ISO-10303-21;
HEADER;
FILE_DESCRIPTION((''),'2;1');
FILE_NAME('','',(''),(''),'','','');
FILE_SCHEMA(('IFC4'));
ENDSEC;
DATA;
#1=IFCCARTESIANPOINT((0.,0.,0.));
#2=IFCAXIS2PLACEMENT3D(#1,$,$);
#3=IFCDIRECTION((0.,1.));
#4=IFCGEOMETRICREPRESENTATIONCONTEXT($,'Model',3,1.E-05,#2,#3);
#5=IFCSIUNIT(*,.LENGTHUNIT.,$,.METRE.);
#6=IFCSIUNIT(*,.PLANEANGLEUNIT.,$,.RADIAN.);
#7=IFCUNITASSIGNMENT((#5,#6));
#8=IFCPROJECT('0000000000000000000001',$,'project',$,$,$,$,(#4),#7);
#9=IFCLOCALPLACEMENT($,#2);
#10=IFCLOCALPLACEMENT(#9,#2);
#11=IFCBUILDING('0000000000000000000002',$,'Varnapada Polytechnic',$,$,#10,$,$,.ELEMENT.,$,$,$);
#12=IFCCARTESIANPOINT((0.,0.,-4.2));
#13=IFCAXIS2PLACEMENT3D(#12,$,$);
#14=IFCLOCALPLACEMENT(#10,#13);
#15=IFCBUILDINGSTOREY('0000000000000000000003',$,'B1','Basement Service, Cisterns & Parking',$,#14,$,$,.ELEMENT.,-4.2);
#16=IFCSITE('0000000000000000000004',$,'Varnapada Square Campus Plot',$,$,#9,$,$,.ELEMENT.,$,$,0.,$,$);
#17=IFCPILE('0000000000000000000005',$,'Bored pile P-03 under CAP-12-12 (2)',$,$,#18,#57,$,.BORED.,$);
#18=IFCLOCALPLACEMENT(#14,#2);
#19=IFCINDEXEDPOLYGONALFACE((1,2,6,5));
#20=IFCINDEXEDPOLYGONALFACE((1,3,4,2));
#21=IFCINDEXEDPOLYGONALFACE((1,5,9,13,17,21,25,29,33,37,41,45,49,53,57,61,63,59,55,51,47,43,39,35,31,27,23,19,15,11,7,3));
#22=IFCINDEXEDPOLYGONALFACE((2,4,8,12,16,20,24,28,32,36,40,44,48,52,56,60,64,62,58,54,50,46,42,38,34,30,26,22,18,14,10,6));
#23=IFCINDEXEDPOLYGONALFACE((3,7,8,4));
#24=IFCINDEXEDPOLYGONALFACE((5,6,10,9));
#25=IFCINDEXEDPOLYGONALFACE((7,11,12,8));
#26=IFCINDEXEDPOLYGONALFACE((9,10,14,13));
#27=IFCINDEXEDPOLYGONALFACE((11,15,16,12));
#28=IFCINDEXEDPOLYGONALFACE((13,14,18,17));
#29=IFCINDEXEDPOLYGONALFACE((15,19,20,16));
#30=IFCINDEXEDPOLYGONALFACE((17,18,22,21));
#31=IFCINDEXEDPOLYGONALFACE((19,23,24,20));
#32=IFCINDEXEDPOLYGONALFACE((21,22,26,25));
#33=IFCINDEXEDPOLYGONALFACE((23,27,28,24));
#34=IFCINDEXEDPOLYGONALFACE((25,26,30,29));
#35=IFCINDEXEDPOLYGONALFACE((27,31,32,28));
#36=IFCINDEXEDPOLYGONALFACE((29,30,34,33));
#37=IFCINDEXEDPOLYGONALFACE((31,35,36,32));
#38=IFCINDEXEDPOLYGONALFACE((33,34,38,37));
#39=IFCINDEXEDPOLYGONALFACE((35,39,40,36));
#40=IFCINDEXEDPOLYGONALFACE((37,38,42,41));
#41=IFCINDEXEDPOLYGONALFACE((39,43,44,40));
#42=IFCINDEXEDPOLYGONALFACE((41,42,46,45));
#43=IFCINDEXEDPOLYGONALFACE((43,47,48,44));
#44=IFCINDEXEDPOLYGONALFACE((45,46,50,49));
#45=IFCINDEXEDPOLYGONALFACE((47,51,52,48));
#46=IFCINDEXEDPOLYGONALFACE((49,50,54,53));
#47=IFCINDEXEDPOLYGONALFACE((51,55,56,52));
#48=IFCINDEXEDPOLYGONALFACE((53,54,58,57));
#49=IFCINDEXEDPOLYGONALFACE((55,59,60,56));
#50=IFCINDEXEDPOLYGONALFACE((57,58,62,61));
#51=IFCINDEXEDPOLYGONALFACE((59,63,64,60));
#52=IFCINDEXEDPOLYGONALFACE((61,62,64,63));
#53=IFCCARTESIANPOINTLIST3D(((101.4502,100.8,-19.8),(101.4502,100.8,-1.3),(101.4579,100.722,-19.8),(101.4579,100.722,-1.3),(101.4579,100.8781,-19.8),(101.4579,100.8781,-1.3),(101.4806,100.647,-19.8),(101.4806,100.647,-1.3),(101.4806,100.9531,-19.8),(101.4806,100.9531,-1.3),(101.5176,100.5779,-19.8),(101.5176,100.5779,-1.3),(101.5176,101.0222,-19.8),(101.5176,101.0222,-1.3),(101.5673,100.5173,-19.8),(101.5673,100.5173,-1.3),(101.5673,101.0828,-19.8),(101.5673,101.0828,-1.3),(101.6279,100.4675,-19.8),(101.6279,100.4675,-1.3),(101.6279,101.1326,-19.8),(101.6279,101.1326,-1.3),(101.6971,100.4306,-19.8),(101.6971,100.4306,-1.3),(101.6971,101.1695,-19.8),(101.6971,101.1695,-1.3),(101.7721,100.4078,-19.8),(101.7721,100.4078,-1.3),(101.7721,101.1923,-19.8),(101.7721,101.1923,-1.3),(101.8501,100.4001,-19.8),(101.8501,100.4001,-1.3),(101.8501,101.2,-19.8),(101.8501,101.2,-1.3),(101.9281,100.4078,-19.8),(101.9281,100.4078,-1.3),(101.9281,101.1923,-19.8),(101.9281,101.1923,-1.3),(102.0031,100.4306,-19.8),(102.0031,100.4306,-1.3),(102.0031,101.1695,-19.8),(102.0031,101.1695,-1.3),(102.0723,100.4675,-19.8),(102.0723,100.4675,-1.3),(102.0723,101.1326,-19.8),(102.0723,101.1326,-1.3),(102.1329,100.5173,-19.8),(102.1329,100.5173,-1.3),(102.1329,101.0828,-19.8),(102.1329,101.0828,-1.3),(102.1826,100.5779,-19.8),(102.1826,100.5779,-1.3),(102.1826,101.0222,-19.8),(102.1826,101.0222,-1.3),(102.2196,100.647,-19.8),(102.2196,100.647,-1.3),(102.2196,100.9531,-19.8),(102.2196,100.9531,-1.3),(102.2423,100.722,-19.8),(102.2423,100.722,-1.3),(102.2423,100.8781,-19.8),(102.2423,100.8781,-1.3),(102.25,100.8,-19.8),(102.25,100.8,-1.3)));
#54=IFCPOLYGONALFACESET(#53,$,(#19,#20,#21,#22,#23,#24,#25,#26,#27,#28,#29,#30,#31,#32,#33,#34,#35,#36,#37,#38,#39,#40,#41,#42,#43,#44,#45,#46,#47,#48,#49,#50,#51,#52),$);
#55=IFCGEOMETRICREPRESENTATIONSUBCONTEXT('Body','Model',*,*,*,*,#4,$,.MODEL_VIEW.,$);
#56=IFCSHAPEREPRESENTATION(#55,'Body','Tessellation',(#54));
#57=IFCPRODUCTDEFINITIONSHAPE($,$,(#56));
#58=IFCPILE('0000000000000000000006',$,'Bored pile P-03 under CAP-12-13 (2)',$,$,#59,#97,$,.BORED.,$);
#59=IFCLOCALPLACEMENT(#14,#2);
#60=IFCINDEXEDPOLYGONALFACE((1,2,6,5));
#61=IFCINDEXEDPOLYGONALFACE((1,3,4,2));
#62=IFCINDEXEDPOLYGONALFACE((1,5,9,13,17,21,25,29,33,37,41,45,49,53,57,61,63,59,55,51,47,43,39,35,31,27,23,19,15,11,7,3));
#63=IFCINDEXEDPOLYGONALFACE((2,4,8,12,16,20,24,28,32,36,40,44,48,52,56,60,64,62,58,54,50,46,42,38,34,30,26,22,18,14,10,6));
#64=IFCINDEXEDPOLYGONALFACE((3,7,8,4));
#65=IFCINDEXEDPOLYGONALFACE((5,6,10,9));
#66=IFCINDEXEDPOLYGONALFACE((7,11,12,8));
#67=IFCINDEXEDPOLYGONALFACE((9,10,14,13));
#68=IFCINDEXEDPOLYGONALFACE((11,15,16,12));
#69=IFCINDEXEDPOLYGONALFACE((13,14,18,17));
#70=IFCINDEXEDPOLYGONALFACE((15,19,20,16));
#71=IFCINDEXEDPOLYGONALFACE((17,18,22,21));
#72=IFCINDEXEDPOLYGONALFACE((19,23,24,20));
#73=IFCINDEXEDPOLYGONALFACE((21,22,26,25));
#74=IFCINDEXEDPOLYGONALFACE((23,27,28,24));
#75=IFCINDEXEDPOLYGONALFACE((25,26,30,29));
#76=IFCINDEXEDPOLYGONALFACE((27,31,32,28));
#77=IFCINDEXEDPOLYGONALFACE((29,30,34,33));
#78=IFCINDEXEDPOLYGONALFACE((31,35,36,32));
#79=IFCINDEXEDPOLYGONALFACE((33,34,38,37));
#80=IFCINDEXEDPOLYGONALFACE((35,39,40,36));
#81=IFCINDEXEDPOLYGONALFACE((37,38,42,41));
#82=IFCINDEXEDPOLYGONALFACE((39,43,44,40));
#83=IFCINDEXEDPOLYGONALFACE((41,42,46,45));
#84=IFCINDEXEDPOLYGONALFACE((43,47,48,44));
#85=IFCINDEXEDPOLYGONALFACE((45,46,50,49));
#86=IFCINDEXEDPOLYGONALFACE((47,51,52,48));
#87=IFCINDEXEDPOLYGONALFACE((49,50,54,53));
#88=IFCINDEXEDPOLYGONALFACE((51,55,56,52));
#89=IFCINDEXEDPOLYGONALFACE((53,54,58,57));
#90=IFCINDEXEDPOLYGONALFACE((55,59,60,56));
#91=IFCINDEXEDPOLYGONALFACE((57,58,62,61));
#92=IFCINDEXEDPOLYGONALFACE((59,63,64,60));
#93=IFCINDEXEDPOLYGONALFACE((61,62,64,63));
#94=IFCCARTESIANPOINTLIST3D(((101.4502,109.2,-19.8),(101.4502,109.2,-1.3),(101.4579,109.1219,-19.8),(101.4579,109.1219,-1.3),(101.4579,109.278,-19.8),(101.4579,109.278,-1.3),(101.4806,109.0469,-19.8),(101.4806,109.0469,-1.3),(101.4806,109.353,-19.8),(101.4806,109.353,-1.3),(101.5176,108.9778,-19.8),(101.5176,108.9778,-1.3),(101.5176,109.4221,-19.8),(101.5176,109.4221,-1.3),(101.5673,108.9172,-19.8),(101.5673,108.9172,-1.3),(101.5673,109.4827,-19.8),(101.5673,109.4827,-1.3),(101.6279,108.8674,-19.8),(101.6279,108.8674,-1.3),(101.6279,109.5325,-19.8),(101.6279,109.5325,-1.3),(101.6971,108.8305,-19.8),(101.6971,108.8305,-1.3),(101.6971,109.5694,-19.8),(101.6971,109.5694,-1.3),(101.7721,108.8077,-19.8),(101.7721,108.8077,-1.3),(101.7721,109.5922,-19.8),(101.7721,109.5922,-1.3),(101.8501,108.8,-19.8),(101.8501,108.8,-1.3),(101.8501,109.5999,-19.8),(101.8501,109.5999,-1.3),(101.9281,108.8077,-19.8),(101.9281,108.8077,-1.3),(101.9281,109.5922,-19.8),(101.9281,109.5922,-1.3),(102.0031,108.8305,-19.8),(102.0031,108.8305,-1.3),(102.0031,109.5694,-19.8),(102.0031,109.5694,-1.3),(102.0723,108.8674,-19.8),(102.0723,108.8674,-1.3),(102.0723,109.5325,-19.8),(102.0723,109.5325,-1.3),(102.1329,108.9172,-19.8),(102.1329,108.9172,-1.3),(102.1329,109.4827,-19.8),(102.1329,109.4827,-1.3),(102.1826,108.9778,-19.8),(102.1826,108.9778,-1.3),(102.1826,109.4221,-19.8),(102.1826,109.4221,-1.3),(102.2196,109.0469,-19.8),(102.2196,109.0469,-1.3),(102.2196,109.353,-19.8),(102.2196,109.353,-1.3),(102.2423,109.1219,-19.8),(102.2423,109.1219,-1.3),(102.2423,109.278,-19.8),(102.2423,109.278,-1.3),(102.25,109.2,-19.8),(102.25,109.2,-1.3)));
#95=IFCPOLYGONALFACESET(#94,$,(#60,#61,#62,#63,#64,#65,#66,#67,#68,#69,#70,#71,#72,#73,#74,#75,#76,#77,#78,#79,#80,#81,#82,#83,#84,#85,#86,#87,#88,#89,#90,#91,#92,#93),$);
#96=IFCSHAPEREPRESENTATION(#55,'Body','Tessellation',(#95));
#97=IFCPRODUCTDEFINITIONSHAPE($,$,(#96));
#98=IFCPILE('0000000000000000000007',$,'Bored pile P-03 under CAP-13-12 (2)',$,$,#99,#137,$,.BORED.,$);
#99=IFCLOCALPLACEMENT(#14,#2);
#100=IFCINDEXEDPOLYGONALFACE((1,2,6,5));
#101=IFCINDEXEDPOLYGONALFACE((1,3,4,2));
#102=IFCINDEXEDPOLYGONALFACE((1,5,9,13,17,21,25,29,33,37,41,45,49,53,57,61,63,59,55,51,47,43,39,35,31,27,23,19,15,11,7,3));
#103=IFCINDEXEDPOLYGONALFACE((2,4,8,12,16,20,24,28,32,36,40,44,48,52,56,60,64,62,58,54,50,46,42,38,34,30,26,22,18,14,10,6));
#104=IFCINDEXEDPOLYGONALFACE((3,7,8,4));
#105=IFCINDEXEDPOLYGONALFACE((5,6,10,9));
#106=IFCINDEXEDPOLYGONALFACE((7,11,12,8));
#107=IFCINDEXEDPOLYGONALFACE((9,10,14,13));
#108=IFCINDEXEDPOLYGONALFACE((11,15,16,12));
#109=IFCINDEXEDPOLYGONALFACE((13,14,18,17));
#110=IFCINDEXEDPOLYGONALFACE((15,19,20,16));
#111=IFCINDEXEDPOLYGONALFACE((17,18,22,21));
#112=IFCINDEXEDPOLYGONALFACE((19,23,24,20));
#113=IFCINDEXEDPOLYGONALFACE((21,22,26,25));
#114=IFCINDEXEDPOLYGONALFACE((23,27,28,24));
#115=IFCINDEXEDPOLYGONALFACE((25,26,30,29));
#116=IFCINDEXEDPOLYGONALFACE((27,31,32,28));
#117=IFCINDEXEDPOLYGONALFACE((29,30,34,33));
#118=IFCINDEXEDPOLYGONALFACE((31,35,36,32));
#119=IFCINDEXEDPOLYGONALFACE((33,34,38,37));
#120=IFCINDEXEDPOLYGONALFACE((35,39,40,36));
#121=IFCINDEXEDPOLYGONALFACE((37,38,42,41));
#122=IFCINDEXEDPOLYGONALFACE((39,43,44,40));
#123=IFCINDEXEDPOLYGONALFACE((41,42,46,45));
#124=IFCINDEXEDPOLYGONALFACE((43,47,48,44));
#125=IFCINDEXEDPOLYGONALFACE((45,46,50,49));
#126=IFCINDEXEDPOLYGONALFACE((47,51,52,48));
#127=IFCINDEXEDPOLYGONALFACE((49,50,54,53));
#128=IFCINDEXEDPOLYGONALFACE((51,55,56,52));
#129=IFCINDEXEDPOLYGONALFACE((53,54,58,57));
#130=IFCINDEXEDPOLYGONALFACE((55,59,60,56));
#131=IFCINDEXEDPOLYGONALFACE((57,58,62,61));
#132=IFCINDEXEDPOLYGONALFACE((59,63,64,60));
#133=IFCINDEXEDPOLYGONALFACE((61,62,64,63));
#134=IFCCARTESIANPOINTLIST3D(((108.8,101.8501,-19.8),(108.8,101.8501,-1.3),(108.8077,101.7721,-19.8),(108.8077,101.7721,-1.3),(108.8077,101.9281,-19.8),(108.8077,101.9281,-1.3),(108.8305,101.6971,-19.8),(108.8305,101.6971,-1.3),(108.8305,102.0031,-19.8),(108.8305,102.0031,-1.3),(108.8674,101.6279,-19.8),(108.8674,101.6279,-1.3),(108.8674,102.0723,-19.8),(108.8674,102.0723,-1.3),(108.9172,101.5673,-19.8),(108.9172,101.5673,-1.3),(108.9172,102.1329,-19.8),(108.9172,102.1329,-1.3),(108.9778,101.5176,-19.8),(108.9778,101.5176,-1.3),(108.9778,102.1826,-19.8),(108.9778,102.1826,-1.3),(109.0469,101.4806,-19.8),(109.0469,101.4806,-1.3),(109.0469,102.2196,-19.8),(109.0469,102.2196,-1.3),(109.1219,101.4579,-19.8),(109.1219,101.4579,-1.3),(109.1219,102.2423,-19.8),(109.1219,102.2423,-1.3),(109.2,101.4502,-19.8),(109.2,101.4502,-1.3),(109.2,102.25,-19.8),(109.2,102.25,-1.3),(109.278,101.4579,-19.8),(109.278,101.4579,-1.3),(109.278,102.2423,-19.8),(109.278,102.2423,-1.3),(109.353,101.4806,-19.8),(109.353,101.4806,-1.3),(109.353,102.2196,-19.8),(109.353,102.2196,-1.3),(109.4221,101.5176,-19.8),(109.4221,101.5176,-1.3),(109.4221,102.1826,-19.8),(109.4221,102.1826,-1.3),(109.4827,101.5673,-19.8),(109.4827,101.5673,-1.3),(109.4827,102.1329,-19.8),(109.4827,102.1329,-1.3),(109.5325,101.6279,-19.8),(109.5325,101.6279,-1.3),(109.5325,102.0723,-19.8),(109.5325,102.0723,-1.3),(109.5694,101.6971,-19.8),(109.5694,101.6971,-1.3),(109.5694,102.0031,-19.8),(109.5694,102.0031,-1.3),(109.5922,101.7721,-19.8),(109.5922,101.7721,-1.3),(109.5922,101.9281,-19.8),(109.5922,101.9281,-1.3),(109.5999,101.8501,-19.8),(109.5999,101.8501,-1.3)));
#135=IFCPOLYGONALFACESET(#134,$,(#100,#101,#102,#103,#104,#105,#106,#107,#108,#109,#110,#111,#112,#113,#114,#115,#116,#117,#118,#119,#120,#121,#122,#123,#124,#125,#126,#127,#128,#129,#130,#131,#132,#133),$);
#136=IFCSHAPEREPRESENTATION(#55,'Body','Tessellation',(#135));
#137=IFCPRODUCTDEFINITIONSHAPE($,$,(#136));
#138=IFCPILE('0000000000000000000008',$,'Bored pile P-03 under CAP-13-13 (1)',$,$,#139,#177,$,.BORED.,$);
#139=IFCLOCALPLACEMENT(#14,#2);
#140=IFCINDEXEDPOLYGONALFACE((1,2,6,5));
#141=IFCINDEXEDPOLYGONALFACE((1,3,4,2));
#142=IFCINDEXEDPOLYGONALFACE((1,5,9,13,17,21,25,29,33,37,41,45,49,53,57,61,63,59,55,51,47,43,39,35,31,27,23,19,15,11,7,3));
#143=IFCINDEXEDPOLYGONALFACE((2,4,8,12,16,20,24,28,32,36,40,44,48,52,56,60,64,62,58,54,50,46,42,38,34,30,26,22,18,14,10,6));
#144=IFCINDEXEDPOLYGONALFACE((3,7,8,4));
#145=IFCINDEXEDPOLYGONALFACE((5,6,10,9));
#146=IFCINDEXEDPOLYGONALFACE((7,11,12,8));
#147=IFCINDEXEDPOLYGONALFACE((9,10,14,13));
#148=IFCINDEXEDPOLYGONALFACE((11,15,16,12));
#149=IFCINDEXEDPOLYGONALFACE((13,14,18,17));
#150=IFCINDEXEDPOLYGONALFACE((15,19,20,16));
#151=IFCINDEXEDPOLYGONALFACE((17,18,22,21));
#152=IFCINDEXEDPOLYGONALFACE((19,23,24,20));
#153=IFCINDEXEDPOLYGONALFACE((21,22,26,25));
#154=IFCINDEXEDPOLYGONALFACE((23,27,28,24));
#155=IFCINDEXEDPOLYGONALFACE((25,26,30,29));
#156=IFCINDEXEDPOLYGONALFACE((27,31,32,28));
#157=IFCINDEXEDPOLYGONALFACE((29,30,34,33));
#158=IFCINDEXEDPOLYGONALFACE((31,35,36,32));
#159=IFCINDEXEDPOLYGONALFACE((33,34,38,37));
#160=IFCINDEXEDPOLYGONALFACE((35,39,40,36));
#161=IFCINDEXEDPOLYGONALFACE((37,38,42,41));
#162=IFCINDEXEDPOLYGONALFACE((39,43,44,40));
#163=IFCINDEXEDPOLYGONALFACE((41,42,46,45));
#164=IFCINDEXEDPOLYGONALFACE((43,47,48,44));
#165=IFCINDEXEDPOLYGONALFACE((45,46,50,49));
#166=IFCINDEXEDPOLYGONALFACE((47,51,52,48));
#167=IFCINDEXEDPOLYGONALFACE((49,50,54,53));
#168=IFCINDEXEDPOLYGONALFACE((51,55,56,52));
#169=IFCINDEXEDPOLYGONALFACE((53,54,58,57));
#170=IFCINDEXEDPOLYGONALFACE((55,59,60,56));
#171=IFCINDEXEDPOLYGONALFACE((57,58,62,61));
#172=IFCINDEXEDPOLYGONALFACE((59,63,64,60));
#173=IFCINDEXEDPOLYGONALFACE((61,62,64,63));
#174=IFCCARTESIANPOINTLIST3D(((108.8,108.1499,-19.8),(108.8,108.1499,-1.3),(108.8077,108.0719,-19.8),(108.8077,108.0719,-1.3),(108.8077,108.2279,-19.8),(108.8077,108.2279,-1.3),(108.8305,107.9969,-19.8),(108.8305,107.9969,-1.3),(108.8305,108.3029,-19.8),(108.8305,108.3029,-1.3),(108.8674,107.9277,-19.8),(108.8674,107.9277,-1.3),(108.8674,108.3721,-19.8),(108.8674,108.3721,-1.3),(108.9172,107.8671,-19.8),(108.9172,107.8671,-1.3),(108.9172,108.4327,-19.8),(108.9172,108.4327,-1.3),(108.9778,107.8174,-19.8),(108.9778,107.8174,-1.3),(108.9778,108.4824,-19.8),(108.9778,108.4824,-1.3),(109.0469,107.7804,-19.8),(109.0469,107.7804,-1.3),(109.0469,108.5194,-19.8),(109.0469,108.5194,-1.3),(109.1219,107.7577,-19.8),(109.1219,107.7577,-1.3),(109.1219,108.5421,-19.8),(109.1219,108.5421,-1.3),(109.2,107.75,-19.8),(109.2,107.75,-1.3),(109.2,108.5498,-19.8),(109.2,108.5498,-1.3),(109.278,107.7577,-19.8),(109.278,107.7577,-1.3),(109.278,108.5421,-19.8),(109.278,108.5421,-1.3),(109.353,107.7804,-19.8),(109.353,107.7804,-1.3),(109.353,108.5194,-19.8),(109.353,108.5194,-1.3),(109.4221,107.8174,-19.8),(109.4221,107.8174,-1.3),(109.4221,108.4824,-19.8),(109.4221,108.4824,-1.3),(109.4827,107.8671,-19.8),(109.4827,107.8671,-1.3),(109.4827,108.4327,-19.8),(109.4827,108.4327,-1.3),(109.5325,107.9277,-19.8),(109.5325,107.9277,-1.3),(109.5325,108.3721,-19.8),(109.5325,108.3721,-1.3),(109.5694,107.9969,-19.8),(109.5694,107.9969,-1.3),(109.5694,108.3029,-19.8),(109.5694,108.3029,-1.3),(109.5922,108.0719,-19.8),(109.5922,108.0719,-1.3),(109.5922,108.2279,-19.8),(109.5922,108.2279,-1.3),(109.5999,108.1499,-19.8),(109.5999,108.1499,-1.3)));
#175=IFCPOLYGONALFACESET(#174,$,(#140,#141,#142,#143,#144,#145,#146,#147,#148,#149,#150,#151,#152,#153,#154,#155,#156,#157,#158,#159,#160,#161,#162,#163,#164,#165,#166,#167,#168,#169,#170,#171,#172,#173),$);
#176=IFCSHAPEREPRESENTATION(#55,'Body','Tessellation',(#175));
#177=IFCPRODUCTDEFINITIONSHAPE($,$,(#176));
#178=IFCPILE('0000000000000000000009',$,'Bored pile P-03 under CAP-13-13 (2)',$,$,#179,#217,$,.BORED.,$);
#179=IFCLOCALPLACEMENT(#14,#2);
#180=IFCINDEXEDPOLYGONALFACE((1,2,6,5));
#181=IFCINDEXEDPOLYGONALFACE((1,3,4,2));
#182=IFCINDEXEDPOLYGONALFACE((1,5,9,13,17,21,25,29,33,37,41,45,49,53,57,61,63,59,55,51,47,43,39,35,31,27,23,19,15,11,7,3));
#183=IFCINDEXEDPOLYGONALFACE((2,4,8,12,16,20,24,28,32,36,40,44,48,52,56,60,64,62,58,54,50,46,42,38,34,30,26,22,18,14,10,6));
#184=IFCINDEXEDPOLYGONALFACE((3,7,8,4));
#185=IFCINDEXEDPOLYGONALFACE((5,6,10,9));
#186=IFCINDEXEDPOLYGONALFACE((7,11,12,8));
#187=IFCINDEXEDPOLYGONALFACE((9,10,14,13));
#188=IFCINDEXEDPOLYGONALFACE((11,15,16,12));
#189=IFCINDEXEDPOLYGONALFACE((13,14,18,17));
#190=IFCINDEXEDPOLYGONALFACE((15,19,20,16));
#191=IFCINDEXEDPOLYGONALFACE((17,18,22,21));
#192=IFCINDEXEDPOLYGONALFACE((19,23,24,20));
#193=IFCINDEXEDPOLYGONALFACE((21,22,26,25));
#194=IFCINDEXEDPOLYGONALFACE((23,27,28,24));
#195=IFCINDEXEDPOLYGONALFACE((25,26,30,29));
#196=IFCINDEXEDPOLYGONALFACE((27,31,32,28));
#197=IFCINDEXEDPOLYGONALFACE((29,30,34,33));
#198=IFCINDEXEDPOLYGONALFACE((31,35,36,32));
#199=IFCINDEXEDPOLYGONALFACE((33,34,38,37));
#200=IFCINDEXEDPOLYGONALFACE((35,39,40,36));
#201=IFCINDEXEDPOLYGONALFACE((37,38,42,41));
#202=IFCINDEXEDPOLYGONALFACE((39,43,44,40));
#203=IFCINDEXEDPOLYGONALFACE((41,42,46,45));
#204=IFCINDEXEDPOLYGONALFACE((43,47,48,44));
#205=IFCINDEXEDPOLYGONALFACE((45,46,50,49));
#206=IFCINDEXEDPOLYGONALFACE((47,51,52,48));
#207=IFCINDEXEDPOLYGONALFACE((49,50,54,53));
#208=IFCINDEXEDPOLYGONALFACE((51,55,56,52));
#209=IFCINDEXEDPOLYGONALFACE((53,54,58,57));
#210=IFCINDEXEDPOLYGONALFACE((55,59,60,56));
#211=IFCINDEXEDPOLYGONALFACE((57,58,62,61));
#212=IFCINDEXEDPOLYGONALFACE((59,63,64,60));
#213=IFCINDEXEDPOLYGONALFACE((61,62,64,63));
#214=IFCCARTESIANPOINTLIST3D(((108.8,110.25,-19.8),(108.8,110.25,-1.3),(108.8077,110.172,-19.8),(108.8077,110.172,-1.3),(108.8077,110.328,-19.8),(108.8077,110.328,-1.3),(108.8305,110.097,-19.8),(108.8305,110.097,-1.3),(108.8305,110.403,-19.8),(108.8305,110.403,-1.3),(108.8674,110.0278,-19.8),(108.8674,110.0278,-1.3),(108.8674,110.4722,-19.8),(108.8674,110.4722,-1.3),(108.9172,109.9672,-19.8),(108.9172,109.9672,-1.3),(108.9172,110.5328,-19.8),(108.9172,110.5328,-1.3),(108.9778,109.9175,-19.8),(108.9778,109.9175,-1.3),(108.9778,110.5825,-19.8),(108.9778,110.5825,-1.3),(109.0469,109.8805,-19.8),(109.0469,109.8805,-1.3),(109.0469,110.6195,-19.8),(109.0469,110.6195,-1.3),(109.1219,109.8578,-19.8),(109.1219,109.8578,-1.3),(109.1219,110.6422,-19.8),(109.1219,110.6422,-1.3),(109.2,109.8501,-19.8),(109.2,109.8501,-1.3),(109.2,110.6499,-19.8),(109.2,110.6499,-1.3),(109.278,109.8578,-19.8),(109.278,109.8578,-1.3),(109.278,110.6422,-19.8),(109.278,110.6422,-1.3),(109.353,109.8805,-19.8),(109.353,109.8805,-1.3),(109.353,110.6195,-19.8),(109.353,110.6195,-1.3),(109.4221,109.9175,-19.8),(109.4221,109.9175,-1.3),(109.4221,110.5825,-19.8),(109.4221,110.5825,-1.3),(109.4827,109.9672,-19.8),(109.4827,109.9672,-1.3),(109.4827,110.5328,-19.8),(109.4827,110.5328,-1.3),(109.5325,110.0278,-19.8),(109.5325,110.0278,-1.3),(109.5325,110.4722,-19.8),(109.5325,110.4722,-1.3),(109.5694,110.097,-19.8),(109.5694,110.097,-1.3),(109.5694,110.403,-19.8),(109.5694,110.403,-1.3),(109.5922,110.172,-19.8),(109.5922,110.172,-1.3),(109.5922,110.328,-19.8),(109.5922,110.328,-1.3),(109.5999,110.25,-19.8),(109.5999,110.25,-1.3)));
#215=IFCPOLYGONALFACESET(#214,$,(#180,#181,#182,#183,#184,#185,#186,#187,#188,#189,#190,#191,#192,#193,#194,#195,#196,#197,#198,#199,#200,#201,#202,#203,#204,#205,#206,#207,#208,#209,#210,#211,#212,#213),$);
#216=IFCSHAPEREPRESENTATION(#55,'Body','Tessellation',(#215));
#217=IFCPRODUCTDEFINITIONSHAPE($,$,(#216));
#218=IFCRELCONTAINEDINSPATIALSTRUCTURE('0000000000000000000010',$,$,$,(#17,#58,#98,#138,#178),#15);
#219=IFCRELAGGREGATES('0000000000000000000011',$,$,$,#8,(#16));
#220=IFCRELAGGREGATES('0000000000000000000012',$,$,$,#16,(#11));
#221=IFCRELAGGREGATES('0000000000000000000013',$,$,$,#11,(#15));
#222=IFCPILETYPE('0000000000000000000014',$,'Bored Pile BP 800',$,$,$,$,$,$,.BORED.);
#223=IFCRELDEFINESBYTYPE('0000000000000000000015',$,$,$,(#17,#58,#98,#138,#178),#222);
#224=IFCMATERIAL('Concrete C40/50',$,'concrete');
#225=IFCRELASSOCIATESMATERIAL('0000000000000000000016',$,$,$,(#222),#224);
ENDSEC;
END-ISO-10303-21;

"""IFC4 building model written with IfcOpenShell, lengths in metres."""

from ifc_helpers import new_model, si_unit, direction, frame, origin, origin_2d, place, context, subcontext, project, spatial, circle, extrude, material, material_profile, profile_set, type_object, element, save


model = new_model("IFC4")

# Units and contexts
model_context = context("Model", 3, precision=1e-05, world=origin(), true_north=direction((0.0, 1.0)))
body_context = subcontext(model_context, "Body", "Model", "MODEL_VIEW")
ifc_project = project(units=[si_unit("LENGTHUNIT", "METRE"), si_unit("PLANEANGLEUNIT", "RADIAN")], contexts=[model_context])

# Site, building, storey
site_placement = place(None, origin())
site = spatial("IfcSite", under=ifc_project, at=site_placement, Name="Varnapada Square Campus Plot", CompositionType="ELEMENT", RefElevation=0.0)
building_placement = place(site_placement, origin())
building = spatial("IfcBuilding", under=site, at=building_placement, Name="Varnapada Polytechnic", CompositionType="ELEMENT")
storey_placement = place(building_placement, frame((0.0, 0.0, -4.2)))
storey = spatial("IfcBuildingStorey", under=building, at=storey_placement, Name="B1", Description="Basement Service, Cisterns & Parking", CompositionType="ELEMENT", Elevation=-4.2)

# Piles
ifc_material_1 = material(Name="Concrete C40/50", Category="concrete")
ifc_material_profile_1 = material_profile(ifc_material_1, circle(Radius=0.3999, at=origin_2d()), Name="BP 800")
ifc_profile_set_1 = profile_set([ifc_material_profile_1], Name="Concrete C40/50")
pile_type = type_object("IfcPileType", Name="Bored Pile BP 800", PredefinedType="BORED", material=ifc_profile_set_1)
for number, where, z_axis, x_axis, name in (
    (1, (101.8501, 100.8, -1.3), (0.0, 0.0, -1.0), (1.0, 0.0, 0.0), "Bored pile P-03 under CAP-12-12 (2)"),
    (2, (101.8501, 109.2, -1.3), (0.0, 0.0, -1.0), (1.0, 0.0, 0.0), "Bored pile P-03 under CAP-12-13 (2)"),
    (3, (109.2, 101.8501, -1.3), (0.0, 0.0, -1.0), (1.0, 0.0, 0.0), "Bored pile P-03 under CAP-13-12 (2)"),
    (4, (109.2, 108.1499, -1.3), (0.0, 0.0, -1.0), (1.0, 0.0, 0.0), "Bored pile P-03 under CAP-13-13 (1)"),
    (5, (109.2, 110.25, -1.3), (0.0, 0.0, -1.0), (1.0, 0.0, 0.0), "Bored pile P-03 under CAP-13-13 (2)"),
):
    element("IfcPile", number, at=place(storey_placement, frame(where, z_axis=z_axis, x_axis=x_axis)), inside=storey, type_object=pile_type, Name=name, PredefinedType="BORED", context=body_context, shape_type="SweptSolid", body=[
        extrude(circle(Radius=0.3999, at=origin_2d()), origin(), (0.0, 0.0, 1.0), 18.5),
    ])

save(model, "model.ifc")
